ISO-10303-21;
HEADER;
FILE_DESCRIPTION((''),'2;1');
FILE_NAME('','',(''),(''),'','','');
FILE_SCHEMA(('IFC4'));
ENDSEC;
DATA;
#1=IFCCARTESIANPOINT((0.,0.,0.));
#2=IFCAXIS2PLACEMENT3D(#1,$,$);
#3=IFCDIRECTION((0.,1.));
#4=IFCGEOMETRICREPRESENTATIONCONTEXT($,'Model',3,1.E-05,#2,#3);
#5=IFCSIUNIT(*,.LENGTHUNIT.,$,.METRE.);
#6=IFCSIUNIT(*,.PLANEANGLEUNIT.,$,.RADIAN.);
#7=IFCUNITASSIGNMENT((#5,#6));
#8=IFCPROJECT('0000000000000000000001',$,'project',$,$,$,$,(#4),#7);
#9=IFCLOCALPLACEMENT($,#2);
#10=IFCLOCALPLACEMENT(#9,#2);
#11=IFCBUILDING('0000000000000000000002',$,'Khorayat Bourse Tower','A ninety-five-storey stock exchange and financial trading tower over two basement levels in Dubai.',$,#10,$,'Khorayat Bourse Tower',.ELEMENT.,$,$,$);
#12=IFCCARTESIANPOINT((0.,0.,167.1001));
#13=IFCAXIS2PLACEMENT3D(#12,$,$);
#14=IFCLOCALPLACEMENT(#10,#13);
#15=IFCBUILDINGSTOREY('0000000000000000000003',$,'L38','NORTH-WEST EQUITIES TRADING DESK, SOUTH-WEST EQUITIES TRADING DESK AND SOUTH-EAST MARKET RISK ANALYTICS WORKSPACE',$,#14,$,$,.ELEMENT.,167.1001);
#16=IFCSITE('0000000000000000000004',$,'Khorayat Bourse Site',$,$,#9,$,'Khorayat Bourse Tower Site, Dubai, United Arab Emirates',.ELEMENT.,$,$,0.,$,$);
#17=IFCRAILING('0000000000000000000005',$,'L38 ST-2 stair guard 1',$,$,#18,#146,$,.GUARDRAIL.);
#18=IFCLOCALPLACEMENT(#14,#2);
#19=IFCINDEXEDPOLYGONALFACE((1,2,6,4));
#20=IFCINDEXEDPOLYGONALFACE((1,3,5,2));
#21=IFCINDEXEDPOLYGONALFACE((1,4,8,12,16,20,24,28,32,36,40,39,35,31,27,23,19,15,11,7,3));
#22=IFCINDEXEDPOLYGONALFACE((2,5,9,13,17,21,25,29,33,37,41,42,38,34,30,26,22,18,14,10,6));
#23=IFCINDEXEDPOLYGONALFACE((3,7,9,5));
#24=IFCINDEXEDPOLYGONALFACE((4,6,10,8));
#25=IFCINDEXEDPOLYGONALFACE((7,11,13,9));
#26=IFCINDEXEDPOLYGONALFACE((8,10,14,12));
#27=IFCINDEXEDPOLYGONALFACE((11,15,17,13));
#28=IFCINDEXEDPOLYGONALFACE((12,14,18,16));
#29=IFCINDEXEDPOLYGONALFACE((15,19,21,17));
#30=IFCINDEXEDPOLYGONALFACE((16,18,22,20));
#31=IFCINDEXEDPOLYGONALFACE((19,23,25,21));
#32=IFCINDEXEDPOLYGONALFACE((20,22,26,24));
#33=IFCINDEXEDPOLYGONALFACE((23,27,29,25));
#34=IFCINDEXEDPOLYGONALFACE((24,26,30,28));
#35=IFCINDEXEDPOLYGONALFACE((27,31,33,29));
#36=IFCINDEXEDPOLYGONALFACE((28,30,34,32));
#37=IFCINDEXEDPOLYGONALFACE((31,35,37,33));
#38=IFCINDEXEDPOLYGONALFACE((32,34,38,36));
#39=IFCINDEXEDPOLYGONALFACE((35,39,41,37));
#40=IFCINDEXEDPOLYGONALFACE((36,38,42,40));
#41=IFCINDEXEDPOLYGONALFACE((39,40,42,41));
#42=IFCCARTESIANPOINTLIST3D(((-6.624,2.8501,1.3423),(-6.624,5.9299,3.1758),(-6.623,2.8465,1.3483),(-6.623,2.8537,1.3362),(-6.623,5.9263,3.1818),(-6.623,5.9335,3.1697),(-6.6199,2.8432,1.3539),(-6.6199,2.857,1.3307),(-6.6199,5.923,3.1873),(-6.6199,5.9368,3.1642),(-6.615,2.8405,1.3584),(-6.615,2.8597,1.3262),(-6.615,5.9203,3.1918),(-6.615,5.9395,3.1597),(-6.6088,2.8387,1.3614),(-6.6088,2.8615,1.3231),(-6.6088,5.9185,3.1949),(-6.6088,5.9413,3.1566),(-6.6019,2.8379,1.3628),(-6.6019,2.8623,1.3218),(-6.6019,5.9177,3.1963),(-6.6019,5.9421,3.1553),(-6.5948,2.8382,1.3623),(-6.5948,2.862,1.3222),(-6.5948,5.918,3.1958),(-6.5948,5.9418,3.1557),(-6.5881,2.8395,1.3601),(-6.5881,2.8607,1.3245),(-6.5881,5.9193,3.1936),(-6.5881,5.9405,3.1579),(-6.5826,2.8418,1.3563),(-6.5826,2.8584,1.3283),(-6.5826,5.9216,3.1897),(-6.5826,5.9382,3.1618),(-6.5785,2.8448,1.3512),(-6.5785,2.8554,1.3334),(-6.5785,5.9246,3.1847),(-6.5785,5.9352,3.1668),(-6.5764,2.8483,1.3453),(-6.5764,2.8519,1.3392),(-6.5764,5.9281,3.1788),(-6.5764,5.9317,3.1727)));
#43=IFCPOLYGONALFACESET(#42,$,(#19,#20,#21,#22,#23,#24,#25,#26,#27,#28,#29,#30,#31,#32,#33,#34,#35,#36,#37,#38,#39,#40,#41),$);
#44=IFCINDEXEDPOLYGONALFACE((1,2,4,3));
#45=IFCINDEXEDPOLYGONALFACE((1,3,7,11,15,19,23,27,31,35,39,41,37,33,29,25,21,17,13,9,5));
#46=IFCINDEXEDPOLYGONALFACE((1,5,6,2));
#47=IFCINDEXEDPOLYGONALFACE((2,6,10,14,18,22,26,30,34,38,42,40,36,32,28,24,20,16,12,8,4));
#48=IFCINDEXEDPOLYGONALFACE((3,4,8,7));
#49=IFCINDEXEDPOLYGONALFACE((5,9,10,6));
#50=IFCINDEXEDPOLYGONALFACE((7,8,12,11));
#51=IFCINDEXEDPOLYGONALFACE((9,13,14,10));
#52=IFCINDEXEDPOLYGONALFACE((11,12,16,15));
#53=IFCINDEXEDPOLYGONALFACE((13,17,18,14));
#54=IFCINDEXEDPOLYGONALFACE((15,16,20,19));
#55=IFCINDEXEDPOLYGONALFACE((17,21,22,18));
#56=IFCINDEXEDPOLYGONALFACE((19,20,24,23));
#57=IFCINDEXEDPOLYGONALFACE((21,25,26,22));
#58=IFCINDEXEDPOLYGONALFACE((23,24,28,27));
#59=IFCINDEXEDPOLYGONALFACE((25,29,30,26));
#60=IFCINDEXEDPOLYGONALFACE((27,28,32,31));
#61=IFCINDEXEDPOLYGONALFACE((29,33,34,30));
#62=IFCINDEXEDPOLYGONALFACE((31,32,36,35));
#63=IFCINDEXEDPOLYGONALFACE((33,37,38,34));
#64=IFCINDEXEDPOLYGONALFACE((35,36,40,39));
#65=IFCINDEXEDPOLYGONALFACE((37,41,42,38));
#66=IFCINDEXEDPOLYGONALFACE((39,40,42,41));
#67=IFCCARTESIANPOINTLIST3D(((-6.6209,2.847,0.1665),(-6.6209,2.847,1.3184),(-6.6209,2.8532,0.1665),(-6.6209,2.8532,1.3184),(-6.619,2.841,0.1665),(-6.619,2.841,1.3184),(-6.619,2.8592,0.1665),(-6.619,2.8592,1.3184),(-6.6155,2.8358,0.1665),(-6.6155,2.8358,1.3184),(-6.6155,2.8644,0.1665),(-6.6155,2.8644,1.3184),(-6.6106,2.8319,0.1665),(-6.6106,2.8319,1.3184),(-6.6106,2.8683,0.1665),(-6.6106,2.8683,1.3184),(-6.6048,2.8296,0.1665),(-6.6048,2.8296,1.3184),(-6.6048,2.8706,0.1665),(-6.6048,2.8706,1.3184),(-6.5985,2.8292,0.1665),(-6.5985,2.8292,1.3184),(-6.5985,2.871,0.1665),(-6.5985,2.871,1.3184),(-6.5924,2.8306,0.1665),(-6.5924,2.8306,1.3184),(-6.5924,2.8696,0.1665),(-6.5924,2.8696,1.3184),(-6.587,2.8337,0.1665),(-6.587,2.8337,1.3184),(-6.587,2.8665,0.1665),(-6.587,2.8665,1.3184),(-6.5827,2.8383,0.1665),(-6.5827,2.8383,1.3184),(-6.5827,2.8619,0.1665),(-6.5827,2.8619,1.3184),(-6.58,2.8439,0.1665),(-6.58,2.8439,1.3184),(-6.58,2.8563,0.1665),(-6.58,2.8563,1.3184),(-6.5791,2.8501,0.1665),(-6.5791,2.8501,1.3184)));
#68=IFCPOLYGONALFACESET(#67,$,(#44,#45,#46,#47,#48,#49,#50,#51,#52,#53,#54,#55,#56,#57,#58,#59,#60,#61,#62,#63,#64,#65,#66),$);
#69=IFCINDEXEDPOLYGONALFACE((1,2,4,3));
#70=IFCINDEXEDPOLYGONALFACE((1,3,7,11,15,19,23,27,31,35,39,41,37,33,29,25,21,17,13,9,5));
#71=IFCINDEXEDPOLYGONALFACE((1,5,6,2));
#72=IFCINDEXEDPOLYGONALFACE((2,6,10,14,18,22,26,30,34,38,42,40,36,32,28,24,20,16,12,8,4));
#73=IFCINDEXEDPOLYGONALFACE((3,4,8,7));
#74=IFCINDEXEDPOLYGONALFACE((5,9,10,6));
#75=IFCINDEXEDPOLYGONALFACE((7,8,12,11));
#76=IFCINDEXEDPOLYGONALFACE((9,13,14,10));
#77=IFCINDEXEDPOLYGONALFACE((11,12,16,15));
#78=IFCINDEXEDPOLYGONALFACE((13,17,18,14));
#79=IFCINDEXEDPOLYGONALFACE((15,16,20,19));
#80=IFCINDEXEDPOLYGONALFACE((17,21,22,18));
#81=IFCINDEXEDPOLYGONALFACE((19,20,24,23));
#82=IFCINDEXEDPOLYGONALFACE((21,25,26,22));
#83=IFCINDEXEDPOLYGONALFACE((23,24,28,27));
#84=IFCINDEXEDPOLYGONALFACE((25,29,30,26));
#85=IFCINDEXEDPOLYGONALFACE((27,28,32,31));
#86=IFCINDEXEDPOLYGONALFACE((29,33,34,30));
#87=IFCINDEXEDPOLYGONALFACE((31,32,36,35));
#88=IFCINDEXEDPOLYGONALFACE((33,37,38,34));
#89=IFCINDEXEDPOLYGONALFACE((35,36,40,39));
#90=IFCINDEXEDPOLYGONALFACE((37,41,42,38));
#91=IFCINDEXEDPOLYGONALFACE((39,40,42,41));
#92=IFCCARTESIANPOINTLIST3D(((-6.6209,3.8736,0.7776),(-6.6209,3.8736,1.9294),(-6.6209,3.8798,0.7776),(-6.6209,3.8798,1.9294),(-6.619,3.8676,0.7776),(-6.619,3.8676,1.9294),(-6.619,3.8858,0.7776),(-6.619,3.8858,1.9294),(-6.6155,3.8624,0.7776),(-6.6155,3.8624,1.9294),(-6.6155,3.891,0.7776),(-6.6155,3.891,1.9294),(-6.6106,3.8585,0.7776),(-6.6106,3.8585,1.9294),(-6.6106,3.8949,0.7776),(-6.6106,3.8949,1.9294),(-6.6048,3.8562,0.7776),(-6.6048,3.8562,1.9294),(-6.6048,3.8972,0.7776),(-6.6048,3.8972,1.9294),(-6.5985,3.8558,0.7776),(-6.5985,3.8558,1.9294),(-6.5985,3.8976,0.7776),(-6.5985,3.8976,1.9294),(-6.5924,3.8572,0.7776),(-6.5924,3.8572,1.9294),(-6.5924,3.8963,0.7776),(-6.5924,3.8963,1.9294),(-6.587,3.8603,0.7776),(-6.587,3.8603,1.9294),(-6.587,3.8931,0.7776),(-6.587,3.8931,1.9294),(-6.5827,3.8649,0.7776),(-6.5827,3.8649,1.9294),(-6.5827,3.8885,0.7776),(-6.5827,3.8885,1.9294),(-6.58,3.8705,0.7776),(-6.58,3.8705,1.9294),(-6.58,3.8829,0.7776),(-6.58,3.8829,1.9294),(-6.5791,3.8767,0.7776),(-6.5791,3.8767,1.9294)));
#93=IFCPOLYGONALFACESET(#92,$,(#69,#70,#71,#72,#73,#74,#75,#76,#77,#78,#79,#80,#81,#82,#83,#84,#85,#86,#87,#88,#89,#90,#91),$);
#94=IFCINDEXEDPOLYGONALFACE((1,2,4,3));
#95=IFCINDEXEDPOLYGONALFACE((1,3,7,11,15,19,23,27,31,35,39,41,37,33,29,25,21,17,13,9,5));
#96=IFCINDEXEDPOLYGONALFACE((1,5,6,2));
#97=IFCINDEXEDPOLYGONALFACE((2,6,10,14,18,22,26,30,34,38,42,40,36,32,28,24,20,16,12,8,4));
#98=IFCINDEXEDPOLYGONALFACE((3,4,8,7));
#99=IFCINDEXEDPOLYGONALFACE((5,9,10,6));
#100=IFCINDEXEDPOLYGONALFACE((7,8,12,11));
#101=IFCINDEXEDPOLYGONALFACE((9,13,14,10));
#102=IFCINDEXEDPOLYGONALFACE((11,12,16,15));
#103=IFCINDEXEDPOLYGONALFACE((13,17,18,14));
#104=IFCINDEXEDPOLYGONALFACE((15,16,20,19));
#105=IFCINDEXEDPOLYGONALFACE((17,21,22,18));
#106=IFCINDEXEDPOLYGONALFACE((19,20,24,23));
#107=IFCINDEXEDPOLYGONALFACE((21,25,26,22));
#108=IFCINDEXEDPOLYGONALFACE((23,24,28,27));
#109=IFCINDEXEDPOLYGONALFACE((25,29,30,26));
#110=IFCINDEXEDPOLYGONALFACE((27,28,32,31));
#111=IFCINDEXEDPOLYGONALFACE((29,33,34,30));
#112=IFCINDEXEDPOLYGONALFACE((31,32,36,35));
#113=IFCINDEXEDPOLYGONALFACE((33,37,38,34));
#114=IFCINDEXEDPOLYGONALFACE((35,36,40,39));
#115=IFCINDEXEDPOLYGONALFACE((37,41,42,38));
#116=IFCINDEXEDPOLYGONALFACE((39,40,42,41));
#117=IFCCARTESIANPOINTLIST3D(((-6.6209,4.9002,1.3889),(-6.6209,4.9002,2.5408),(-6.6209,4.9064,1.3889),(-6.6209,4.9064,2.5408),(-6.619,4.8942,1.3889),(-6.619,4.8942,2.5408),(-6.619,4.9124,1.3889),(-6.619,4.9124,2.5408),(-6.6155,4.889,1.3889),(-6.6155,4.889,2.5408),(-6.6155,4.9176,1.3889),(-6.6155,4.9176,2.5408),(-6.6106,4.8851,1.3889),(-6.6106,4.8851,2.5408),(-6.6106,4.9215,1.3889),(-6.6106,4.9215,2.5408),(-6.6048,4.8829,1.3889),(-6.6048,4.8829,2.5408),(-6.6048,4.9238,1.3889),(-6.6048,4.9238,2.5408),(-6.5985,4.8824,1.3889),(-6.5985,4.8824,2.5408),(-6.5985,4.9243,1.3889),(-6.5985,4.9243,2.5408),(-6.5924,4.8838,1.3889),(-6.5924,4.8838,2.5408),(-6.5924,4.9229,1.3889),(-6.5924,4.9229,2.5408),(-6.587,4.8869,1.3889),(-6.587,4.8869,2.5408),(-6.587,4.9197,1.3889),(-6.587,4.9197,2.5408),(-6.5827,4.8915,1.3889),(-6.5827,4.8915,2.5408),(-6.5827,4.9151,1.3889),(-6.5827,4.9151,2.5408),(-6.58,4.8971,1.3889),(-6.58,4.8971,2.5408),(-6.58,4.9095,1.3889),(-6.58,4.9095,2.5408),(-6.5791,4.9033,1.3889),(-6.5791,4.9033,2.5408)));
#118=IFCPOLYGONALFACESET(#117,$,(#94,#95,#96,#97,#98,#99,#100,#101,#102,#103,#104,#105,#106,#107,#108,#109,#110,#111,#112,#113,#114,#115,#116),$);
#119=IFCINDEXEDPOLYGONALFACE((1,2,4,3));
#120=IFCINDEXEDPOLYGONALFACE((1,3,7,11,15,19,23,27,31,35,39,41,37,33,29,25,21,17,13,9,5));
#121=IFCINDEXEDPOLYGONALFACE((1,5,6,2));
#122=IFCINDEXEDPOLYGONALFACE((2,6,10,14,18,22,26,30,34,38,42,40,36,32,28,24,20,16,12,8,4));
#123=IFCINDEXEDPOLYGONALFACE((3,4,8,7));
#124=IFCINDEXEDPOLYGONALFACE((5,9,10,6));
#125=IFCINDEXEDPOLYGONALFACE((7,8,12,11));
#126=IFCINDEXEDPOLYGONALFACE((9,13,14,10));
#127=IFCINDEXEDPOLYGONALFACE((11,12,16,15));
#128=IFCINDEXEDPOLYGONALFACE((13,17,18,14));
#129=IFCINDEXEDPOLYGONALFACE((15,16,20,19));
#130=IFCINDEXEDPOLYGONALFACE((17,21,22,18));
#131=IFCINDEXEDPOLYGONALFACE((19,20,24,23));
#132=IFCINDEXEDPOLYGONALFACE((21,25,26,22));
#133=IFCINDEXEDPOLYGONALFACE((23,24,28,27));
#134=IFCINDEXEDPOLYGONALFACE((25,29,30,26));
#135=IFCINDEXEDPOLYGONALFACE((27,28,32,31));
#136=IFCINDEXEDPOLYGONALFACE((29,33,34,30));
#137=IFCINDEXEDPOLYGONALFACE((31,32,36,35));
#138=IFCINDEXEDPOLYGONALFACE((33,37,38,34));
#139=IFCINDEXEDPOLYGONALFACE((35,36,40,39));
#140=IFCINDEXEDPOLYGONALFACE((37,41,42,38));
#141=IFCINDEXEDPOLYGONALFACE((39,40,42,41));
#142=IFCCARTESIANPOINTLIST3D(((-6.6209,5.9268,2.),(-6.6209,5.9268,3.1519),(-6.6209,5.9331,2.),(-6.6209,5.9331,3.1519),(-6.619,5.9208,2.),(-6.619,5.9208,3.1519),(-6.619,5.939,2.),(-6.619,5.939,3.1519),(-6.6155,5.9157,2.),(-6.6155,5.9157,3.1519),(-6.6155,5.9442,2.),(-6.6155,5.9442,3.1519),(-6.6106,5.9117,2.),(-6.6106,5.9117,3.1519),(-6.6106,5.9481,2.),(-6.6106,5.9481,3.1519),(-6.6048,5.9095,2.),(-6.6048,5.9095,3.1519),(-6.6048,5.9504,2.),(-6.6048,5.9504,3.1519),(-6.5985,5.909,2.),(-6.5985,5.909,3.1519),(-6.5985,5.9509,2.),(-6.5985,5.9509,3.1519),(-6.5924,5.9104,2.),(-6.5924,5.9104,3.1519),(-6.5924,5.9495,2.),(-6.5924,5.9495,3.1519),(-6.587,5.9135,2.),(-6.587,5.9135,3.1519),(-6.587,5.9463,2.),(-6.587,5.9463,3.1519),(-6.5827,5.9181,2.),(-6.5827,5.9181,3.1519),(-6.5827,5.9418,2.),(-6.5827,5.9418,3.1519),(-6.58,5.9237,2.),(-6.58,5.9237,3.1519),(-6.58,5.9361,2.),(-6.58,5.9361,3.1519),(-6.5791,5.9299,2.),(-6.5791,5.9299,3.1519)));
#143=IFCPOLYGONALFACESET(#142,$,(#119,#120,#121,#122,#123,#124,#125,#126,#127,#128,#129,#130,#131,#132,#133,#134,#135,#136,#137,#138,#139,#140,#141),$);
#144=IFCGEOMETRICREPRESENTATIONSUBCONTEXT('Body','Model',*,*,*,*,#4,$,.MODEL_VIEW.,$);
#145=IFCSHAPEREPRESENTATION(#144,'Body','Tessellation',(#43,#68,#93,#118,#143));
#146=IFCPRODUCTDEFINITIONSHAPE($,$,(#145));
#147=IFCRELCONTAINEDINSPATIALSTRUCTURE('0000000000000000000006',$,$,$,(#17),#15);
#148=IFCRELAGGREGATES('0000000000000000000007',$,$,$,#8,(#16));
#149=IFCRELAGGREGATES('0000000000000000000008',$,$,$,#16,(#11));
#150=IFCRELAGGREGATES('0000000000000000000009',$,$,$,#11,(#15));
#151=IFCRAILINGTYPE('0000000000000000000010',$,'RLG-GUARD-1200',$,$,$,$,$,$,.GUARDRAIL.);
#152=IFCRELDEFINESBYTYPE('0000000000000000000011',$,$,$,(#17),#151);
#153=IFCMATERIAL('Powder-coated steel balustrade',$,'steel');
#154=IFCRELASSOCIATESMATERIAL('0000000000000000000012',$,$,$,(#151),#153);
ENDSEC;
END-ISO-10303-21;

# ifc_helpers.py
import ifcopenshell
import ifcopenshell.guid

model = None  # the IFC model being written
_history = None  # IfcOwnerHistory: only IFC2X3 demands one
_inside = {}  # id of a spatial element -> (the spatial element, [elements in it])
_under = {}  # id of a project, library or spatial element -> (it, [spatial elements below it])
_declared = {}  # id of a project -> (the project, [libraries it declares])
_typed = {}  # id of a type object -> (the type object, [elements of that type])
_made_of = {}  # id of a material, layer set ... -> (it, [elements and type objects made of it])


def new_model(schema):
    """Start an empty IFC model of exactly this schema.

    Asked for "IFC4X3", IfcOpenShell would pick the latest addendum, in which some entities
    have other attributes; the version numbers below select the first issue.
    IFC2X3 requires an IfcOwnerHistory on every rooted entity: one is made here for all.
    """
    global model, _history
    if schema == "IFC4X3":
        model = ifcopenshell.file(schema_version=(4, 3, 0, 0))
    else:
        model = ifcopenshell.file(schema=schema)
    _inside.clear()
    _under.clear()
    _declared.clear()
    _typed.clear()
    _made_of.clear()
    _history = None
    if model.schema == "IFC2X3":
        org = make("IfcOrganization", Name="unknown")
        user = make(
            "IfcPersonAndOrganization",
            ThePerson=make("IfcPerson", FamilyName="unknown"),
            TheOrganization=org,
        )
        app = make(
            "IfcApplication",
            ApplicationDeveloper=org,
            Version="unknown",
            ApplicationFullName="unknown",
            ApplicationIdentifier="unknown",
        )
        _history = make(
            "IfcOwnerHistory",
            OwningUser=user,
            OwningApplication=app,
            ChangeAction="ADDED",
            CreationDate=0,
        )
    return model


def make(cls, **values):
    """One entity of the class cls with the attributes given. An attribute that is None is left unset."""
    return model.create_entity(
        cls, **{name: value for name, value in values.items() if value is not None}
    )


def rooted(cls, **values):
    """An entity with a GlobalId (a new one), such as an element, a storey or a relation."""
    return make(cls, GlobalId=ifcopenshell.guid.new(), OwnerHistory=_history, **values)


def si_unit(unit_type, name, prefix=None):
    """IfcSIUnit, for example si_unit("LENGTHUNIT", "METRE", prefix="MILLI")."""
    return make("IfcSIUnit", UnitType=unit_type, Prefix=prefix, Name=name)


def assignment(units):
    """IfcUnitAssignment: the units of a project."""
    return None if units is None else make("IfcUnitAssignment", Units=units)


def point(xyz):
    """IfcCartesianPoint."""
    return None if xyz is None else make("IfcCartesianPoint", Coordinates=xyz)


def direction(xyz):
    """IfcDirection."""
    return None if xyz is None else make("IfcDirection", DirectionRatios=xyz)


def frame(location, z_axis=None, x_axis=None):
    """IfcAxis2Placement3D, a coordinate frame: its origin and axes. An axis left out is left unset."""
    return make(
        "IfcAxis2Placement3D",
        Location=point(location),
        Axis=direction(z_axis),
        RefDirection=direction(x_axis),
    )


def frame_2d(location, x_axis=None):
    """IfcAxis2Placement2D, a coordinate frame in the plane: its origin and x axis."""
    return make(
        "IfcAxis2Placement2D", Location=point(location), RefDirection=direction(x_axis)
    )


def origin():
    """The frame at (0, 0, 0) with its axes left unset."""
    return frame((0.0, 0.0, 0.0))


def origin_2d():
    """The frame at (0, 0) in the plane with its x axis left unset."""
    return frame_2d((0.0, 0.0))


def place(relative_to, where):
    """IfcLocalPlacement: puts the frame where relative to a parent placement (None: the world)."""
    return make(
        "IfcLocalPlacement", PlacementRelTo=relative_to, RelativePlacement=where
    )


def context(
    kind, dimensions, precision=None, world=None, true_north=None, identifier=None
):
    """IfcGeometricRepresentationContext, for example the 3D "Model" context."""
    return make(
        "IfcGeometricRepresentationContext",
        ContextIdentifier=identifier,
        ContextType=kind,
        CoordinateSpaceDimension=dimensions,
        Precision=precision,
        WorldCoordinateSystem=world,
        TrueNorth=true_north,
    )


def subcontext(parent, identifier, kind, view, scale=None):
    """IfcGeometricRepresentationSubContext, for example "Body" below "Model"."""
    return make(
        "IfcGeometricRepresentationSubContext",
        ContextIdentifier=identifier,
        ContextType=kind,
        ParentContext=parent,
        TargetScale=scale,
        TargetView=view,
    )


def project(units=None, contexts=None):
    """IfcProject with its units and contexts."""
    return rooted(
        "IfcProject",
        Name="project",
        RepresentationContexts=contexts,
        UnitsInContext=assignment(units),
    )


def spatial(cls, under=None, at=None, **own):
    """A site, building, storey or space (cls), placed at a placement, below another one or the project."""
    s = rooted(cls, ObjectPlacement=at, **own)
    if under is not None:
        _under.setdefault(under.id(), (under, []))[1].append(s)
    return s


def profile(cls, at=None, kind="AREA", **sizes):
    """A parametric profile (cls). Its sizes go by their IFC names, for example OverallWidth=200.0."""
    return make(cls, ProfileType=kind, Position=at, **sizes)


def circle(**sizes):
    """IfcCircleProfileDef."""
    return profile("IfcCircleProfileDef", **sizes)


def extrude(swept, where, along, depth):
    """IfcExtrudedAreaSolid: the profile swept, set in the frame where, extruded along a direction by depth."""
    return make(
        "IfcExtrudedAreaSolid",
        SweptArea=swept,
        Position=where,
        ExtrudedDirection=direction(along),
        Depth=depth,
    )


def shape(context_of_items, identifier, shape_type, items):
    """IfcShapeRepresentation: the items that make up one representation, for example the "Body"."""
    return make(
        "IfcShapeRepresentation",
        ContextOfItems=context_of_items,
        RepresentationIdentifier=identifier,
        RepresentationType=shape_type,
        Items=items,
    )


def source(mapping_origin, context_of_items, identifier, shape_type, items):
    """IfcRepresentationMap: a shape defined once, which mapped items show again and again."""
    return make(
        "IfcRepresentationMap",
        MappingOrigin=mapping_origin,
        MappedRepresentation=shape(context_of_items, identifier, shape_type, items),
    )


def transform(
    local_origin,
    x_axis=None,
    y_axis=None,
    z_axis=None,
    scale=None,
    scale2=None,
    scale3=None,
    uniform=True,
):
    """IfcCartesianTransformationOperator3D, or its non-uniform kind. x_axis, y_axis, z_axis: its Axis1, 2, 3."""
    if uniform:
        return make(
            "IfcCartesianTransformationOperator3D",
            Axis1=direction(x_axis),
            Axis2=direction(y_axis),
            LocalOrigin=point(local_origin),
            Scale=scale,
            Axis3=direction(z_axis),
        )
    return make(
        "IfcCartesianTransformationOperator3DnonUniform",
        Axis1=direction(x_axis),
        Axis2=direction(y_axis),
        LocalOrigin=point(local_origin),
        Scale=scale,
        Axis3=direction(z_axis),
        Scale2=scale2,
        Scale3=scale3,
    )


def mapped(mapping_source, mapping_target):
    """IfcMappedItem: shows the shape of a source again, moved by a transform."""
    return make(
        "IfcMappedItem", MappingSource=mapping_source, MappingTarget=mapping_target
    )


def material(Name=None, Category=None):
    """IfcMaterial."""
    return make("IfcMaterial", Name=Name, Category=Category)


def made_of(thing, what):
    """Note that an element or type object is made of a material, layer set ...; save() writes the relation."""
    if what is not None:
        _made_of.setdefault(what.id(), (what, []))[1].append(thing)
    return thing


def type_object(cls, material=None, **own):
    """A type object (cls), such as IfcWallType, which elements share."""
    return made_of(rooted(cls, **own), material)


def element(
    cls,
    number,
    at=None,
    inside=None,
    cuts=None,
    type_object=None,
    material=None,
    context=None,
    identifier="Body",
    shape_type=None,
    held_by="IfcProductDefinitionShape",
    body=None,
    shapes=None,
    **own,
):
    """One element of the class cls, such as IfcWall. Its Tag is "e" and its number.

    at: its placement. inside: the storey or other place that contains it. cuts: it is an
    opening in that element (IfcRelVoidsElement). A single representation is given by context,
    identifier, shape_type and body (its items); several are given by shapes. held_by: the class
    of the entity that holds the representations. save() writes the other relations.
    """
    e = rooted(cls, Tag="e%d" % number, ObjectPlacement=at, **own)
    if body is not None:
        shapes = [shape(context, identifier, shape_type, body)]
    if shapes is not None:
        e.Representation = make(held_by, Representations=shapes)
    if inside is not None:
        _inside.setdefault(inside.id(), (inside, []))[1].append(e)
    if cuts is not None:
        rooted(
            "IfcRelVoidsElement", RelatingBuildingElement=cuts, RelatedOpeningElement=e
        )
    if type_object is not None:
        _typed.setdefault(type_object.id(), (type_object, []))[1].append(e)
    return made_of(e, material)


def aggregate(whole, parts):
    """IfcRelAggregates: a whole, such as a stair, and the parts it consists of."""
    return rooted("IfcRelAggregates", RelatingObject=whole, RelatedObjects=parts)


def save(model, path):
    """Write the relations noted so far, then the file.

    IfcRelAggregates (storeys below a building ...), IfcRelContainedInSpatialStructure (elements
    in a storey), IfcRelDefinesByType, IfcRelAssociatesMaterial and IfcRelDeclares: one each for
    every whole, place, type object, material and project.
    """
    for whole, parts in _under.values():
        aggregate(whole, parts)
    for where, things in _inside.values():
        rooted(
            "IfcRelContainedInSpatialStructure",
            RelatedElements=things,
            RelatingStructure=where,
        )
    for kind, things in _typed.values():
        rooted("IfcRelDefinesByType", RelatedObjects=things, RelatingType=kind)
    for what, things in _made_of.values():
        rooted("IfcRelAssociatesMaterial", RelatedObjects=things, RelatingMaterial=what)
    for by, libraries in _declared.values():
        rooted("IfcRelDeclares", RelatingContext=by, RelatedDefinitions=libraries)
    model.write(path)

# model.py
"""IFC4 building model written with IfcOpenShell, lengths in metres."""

from ifc_helpers import new_model, si_unit, direction, frame, origin, origin_2d, place, context, subcontext, project, spatial, circle, extrude, source, transform, mapped, material, type_object, element, save


model = new_model("IFC4")

# Units and contexts
model_context = context("Model", 3, precision=1e-05, world=origin(), true_north=direction((0.0, 1.0)))
body_context = subcontext(model_context, "Body", "Model", "MODEL_VIEW")
ifc_project = project(units=[si_unit("LENGTHUNIT", "METRE"), si_unit("PLANEANGLEUNIT", "RADIAN")], contexts=[model_context])

# Site, building, storey
site_placement = place(None, origin())
site = spatial("IfcSite", under=ifc_project, at=site_placement, Name="Khorayat Bourse Site", LongName="Khorayat Bourse Tower Site, Dubai, United Arab Emirates", CompositionType="ELEMENT", RefElevation=0.0)
building_placement = place(site_placement, origin())
building = spatial("IfcBuilding", under=site, at=building_placement, Name="Khorayat Bourse Tower", Description="A ninety-five-storey stock exchange and financial trading tower over two basement levels in Dubai.", LongName="Khorayat Bourse Tower", CompositionType="ELEMENT")
storey_placement = place(building_placement, frame((0.0, 0.0, 167.1001)))
storey = spatial("IfcBuildingStorey", under=building, at=storey_placement, Name="L38", Description="NORTH-WEST EQUITIES TRADING DESK, SOUTH-WEST EQUITIES TRADING DESK AND SOUTH-EAST MARKET RISK ANALYTICS WORKSPACE", CompositionType="ELEMENT", Elevation=167.1001)

# Railing
ifc_material_1 = material(Name="Powder-coated steel balustrade", Category="steel")
railing_type_1 = type_object("IfcRailingType", Name="RLG-GUARD-1200", PredefinedType="GUARDRAIL", material=ifc_material_1)
shared_shape_1 = source(origin(), body_context, "Body", "SweptSolid", [
    extrude(circle(Radius=0.0239, at=origin_2d()), frame((0.0, 0.0, 1.1758), z_axis=(0.0, 0.859261, 0.511538), x_axis=(-1.0, 0.0, 0.0)), (0.0, 0.0, 1.0), 3.5842),
    extrude(circle(Radius=0.021, at=origin_2d()), origin(), (0.0, 0.0, 1.0), 1.1519),
    extrude(circle(Radius=0.021, at=origin_2d()), frame((0.0, 1.0266, 0.6111)), (0.0, 0.0, 1.0), 1.1519),
    extrude(circle(Radius=0.021, at=origin_2d()), frame((0.0, 2.0532, 1.2224)), (0.0, 0.0, 1.0), 1.1519),
    extrude(circle(Radius=0.021, at=origin_2d()), frame((0.0, 3.0798, 1.8335)), (0.0, 0.0, 1.0), 1.1519),
])
railing_1_placement = place(storey_placement, frame((-6.6001, 2.8501, 0.1665)))
element("IfcRailing", 1, at=railing_1_placement, inside=storey, type_object=railing_type_1, Name="L38 ST-2 stair guard 1", PredefinedType="GUARDRAIL", context=body_context, shape_type="MappedRepresentation", body=[
    mapped(shared_shape_1, transform((0.0, 0.0, 0.0), scale=1.0)),
])

save(model, "model.ifc")
